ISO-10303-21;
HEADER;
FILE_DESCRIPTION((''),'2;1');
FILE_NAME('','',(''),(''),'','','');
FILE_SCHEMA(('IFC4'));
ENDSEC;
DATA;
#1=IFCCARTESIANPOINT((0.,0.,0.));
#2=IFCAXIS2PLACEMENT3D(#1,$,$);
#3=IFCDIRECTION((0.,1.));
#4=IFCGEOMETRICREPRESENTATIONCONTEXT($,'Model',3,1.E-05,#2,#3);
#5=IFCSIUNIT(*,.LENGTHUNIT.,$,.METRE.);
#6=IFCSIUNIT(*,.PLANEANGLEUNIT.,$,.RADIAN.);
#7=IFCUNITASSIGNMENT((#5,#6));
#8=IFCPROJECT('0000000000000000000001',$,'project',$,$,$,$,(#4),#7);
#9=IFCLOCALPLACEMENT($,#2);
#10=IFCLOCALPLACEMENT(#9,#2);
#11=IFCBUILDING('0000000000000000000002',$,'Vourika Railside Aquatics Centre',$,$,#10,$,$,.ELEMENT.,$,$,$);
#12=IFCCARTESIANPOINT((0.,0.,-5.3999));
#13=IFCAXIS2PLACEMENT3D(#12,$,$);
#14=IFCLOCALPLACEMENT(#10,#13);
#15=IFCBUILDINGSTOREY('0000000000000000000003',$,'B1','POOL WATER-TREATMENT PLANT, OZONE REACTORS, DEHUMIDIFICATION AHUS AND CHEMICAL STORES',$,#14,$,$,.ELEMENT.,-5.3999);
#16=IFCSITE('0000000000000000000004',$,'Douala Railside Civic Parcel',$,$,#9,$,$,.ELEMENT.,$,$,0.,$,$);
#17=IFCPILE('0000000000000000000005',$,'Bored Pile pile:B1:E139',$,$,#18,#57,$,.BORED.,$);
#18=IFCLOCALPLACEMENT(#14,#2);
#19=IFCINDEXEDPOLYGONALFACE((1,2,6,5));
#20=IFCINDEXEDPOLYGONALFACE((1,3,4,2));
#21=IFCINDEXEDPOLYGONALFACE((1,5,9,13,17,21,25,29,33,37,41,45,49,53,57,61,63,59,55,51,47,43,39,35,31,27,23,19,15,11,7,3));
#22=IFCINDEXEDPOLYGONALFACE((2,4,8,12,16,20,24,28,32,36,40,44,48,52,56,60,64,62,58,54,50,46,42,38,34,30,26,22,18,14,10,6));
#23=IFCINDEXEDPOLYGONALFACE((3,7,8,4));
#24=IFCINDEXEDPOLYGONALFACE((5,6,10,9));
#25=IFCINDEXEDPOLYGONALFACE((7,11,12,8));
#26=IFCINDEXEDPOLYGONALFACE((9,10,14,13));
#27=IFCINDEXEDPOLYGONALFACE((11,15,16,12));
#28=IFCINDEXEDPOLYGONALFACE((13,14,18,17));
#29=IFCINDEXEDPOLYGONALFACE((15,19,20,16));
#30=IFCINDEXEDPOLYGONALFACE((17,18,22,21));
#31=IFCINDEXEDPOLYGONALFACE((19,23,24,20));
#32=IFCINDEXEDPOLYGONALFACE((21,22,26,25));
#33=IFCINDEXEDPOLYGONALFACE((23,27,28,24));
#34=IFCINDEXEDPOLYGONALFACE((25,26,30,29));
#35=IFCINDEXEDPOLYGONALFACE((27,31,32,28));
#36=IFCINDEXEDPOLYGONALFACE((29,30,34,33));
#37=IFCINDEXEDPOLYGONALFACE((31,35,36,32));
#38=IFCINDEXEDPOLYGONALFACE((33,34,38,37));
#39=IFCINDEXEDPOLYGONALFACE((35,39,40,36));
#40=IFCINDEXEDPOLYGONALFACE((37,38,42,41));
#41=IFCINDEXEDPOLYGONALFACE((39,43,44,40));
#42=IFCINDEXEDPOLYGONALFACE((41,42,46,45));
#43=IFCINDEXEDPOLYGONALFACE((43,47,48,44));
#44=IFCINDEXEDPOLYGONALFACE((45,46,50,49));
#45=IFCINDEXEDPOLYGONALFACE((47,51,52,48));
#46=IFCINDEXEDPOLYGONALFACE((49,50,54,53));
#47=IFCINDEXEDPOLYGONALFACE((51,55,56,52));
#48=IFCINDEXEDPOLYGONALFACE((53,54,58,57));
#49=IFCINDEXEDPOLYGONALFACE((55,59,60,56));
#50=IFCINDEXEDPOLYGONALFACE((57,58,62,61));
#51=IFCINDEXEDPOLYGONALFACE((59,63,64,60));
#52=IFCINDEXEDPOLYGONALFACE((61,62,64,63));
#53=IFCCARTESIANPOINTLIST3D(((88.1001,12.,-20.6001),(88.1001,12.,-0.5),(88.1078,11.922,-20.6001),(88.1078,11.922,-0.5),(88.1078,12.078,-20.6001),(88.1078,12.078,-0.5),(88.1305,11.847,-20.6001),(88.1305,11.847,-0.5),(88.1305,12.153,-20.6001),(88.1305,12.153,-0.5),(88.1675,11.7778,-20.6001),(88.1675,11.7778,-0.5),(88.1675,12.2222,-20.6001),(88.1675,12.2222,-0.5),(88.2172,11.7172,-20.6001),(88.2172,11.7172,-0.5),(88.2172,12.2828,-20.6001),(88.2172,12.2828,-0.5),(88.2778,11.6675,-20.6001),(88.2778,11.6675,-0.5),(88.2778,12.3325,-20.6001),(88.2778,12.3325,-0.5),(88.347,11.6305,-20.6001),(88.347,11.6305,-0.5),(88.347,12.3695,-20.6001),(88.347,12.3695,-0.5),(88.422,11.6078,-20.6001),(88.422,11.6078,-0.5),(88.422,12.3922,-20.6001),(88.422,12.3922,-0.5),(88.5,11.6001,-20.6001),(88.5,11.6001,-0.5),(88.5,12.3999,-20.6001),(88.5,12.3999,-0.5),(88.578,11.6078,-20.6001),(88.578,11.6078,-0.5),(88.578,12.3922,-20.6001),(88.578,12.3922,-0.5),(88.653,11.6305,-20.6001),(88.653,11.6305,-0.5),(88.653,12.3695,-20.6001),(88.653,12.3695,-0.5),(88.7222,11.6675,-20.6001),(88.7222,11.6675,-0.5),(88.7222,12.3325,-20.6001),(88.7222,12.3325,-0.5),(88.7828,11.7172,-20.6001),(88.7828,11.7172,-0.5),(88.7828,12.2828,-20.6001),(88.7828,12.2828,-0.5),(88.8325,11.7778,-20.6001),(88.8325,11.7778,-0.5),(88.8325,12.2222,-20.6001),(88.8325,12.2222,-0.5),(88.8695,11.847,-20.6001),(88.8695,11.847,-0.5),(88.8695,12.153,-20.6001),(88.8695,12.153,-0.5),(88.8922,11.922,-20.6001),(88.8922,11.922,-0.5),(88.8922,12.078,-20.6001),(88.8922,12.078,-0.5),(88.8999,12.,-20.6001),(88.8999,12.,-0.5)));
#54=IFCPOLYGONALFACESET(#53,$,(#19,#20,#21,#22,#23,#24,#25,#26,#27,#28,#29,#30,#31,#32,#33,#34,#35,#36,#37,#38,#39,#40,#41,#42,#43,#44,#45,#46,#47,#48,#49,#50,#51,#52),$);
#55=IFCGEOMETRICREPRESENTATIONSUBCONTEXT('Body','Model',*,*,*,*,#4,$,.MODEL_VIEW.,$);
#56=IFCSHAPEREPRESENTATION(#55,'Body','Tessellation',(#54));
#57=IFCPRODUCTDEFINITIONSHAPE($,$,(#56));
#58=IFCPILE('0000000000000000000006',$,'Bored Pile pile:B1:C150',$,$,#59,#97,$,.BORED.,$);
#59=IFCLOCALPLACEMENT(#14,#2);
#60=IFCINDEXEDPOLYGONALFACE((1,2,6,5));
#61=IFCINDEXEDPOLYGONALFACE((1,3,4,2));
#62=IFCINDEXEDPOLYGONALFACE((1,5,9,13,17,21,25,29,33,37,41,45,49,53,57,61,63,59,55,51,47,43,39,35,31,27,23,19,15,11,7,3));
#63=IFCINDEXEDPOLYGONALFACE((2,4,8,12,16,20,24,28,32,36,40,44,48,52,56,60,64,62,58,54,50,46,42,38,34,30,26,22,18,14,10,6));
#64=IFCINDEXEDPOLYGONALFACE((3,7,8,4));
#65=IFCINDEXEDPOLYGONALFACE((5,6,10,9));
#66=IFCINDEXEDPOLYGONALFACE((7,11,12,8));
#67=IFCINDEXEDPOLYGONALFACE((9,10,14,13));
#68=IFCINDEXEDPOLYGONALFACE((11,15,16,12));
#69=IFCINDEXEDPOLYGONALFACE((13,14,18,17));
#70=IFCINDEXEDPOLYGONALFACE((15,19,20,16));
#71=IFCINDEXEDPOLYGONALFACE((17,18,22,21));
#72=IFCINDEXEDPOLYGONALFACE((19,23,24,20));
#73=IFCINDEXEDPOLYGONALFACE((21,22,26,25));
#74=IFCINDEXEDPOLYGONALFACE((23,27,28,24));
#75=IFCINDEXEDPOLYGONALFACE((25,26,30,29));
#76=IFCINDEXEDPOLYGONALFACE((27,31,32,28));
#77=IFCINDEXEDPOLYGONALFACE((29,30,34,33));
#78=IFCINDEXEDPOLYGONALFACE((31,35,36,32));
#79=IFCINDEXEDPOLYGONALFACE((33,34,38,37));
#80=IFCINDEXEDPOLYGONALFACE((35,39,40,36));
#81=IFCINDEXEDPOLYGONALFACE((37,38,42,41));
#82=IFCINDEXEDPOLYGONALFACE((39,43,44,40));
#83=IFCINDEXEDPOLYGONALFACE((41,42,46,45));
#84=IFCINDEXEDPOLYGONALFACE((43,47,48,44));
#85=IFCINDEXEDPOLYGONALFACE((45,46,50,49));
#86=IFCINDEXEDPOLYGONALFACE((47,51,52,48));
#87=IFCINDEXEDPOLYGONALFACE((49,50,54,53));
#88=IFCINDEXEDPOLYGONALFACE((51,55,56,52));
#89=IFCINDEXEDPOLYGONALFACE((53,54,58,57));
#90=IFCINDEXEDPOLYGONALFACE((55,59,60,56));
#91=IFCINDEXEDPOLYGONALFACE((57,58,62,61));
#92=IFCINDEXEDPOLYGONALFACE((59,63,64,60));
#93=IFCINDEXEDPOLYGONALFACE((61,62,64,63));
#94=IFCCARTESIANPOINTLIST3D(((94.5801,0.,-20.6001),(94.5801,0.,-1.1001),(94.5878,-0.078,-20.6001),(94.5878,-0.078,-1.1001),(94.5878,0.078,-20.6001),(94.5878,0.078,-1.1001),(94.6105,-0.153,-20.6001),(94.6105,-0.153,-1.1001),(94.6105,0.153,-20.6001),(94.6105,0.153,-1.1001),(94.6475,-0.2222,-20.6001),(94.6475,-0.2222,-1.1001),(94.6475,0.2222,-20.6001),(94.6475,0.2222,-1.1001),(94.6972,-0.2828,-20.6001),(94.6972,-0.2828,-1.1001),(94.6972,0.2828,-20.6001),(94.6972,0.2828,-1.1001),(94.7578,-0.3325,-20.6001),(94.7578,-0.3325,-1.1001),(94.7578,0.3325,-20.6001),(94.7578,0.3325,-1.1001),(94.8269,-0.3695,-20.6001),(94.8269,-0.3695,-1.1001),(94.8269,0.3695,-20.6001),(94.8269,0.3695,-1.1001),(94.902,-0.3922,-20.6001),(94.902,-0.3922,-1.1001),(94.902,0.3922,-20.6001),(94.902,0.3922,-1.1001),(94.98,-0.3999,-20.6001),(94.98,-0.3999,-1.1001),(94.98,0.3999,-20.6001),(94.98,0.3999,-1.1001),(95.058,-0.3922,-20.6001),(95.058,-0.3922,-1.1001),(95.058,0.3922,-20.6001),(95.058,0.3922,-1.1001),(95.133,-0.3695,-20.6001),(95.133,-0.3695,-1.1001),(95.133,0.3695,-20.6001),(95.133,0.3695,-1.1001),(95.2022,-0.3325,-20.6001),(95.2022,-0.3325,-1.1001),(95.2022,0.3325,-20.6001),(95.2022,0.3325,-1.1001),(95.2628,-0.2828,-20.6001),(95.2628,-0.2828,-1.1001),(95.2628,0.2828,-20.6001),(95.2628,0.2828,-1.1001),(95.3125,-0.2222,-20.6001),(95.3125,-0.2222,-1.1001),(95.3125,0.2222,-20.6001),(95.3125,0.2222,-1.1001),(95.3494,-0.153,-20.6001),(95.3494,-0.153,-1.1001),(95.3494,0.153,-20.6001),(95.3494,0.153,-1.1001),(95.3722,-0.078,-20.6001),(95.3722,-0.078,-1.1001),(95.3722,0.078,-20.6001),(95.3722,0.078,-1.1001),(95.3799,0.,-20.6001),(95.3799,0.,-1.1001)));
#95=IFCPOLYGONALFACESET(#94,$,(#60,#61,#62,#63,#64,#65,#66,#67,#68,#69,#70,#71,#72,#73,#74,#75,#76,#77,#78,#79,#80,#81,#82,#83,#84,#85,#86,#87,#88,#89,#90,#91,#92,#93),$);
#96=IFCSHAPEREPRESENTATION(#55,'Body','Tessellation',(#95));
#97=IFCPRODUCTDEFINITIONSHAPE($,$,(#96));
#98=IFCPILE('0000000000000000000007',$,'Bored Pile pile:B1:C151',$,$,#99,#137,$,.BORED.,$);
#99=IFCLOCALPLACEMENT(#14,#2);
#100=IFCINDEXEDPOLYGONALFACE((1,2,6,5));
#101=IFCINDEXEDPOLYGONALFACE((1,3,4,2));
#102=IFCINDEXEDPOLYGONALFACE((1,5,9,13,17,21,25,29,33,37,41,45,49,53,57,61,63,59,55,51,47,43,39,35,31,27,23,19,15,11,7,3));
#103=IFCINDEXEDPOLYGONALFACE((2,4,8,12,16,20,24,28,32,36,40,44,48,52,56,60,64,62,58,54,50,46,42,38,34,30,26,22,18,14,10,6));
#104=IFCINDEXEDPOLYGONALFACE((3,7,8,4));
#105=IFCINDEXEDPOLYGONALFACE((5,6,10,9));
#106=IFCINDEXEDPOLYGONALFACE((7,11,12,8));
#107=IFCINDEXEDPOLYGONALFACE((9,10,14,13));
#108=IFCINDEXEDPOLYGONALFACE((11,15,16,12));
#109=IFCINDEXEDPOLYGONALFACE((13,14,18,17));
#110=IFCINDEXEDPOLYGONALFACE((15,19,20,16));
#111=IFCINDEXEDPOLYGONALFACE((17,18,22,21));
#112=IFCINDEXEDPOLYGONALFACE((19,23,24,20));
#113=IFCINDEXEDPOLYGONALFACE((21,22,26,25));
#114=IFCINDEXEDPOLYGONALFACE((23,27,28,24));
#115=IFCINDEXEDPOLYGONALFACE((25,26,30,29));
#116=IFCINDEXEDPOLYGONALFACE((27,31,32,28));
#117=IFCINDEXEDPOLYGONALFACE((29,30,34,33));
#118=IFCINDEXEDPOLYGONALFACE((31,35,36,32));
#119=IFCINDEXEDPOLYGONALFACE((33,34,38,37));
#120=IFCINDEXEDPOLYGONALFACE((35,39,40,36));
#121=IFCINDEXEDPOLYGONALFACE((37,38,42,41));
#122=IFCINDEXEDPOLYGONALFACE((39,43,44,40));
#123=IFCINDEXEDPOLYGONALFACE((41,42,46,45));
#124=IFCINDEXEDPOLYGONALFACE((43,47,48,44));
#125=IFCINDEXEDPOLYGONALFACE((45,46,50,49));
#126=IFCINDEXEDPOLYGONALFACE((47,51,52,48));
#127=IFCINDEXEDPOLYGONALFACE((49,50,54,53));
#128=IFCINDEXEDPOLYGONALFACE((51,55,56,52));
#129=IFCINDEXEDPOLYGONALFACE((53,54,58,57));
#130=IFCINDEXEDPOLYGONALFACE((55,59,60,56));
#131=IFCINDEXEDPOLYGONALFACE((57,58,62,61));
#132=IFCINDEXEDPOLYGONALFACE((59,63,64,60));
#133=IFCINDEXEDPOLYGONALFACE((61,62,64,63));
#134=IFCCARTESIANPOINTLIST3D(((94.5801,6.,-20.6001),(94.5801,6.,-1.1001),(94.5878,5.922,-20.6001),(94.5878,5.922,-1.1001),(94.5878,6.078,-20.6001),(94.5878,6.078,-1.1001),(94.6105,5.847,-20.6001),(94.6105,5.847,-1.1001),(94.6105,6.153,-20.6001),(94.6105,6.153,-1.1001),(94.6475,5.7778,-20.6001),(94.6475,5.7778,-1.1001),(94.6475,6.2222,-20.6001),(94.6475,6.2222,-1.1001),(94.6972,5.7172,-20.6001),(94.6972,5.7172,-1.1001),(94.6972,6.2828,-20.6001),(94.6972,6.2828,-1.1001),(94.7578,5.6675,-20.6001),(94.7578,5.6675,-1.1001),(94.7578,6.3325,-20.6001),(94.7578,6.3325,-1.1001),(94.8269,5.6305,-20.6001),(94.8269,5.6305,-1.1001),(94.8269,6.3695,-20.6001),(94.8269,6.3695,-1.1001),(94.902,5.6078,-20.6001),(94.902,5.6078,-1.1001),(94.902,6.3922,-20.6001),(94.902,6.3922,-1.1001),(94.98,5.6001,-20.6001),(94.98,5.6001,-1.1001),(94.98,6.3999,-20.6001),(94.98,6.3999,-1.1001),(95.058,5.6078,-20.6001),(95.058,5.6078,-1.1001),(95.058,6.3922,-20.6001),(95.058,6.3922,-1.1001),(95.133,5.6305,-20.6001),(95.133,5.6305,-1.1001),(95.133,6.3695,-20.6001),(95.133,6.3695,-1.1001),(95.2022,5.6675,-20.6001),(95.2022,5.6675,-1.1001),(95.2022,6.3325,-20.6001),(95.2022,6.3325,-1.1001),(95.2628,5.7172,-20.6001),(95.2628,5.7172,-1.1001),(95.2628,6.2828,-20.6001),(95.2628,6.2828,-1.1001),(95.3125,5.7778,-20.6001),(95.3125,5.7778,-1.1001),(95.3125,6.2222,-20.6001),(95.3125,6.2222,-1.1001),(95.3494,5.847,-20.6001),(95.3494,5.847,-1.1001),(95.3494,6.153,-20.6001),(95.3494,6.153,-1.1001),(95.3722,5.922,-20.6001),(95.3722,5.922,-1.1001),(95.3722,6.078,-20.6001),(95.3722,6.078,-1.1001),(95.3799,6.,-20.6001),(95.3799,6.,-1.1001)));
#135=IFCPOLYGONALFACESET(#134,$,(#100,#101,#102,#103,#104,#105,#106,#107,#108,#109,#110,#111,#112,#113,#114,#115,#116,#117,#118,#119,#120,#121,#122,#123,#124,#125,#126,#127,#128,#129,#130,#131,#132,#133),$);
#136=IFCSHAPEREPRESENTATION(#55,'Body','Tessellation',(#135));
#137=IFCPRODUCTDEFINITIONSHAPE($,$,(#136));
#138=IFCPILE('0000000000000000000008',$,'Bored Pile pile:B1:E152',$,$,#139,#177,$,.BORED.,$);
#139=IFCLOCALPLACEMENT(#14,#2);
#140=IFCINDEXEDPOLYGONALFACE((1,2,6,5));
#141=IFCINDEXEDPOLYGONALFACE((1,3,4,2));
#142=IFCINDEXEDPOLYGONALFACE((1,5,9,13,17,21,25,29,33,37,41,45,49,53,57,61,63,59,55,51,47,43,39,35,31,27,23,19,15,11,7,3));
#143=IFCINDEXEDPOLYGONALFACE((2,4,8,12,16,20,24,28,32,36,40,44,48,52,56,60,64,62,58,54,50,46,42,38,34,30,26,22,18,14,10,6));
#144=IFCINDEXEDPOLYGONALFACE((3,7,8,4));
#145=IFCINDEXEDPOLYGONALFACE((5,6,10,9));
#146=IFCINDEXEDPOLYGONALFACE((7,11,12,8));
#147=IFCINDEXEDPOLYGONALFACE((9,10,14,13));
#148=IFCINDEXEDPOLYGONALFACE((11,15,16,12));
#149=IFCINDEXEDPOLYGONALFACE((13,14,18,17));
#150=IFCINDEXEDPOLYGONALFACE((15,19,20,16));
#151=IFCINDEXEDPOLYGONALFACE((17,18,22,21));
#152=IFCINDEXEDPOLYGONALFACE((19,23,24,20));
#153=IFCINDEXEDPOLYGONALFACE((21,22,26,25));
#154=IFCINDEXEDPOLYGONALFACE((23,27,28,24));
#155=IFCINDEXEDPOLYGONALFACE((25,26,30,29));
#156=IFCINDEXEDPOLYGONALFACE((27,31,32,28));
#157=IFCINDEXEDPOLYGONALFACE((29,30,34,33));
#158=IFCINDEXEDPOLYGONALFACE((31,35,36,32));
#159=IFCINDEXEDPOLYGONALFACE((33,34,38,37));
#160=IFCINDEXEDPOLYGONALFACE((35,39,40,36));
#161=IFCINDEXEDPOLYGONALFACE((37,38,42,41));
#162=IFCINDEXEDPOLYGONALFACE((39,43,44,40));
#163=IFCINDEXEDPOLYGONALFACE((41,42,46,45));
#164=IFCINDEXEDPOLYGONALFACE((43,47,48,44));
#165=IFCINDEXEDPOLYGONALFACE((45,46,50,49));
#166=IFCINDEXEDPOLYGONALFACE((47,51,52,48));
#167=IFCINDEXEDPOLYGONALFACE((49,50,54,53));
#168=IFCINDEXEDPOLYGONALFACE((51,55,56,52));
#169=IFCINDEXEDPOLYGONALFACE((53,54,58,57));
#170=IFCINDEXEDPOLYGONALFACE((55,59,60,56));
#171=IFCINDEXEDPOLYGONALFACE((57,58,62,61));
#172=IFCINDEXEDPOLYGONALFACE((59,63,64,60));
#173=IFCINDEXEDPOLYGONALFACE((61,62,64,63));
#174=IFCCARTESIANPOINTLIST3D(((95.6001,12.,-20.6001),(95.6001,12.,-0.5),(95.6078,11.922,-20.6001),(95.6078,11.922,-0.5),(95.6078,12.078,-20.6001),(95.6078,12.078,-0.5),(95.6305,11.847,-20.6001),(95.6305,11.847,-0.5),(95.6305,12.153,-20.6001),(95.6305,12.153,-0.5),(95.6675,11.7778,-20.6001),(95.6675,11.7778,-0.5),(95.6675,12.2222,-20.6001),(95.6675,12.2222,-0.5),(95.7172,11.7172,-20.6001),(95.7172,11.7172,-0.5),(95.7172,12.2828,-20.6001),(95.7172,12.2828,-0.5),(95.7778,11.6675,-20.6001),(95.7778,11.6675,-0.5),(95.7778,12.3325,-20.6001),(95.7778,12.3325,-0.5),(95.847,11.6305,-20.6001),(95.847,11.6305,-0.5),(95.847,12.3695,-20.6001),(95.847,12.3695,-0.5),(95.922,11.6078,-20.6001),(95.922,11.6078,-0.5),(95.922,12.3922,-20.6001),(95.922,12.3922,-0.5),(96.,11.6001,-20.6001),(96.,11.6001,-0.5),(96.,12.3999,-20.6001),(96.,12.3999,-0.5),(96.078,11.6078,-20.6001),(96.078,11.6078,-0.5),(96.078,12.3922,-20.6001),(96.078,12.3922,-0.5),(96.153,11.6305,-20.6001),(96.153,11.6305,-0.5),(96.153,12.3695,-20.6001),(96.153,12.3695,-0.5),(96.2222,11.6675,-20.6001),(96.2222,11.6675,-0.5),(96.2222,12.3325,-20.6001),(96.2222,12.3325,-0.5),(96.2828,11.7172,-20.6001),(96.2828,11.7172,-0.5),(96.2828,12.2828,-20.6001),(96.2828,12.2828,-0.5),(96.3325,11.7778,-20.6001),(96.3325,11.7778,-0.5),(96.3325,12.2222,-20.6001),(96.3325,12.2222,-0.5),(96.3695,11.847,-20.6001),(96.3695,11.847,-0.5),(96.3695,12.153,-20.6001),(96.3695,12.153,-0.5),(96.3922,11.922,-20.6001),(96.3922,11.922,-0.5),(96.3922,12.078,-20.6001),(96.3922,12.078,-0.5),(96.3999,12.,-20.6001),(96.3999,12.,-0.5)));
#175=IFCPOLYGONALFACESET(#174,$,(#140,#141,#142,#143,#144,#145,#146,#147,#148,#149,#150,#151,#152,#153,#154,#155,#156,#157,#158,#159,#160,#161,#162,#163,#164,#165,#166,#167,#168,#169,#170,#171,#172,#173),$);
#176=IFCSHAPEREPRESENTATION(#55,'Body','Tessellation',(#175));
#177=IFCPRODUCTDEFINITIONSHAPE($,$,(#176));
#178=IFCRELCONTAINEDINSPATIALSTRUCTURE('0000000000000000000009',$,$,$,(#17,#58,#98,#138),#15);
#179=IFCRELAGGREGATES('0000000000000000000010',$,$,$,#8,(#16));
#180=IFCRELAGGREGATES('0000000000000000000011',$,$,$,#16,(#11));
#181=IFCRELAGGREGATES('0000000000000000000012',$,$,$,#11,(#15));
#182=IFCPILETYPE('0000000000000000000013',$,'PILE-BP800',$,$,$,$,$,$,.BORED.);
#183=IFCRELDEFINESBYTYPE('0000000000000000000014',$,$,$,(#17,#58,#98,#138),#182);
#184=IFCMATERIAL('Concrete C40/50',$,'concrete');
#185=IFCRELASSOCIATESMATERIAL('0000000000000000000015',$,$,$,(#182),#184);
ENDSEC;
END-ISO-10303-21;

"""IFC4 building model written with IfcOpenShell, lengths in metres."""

from ifc_helpers import new_model, si_unit, direction, frame, origin, origin_2d, place, context, subcontext, project, spatial, circle, extrude, material, material_profile, profile_set, type_object, element, save


model = new_model("IFC4")

# Units and contexts
model_context = context("Model", 3, precision=1e-05, world=origin(), true_north=direction((0.0, 1.0)))
body_context = subcontext(model_context, "Body", "Model", "MODEL_VIEW")
ifc_project = project(units=[si_unit("LENGTHUNIT", "METRE"), si_unit("PLANEANGLEUNIT", "RADIAN")], contexts=[model_context])

# Site, building, storey
site_placement = place(None, origin())
site = spatial("IfcSite", under=ifc_project, at=site_placement, Name="Douala Railside Civic Parcel", CompositionType="ELEMENT", RefElevation=0.0)
building_placement = place(site_placement, origin())
building = spatial("IfcBuilding", under=site, at=building_placement, Name="Vourika Railside Aquatics Centre", CompositionType="ELEMENT")
storey_placement = place(building_placement, frame((0.0, 0.0, -5.3999)))
storey = spatial("IfcBuildingStorey", under=building, at=storey_placement, Name="B1", Description="POOL WATER-TREATMENT PLANT, OZONE REACTORS, DEHUMIDIFICATION AHUS AND CHEMICAL STORES", CompositionType="ELEMENT", Elevation=-5.3999)

# Shared definitions
ifc_material_1 = material(Name="Concrete C40/50", Category="concrete")

# Piles
ifc_material_profile_1 = material_profile(ifc_material_1, circle(Radius=0.3999, at=origin_2d()), Name="BP 800")
ifc_profile_set_1 = profile_set([ifc_material_profile_1], Name="Concrete C40/50")
pile_type_1 = type_object("IfcPileType", Name="PILE-BP800", PredefinedType="BORED", material=ifc_profile_set_1)
pile_1_placement = place(storey_placement, frame((88.5, 12.0, -0.5), z_axis=(0.0, 0.0, -1.0), x_axis=(1.0, 0.0, 0.0)))
element("IfcPile", 1, at=pile_1_placement, inside=storey, type_object=pile_type_1, Name="Bored Pile pile:B1:E139", PredefinedType="BORED", context=body_context, shape_type="SweptSolid", body=[
    extrude(circle(Radius=0.3999, at=origin_2d()), origin(), (0.0, 0.0, 1.0), 20.1001),
])
for number, where, z_axis, x_axis, name in (
    (2, (94.98, 0.0, -1.1001), (0.0, 0.0, -1.0), (1.0, 0.0, 0.0), "Bored Pile pile:B1:C150"),
    (3, (94.98, 6.0, -1.1001), (0.0, 0.0, -1.0), (1.0, 0.0, 0.0), "Bored Pile pile:B1:C151"),
):
    element("IfcPile", number, at=place(storey_placement, frame(where, z_axis=z_axis, x_axis=x_axis)), inside=storey, type_object=pile_type_1, Name=name, PredefinedType="BORED", context=body_context, shape_type="SweptSolid", body=[
        extrude(circle(Radius=0.3999, at=origin_2d()), origin(), (0.0, 0.0, 1.0), 19.5),
    ])
pile_2_placement = place(storey_placement, frame((96.0, 12.0, -0.5), z_axis=(0.0, 0.0, -1.0), x_axis=(1.0, 0.0, 0.0)))
element("IfcPile", 4, at=pile_2_placement, inside=storey, type_object=pile_type_1, Name="Bored Pile pile:B1:E152", PredefinedType="BORED", context=body_context, shape_type="SweptSolid", body=[
    extrude(circle(Radius=0.3999, at=origin_2d()), origin(), (0.0, 0.0, 1.0), 20.1001),
])

save(model, "model.ifc")
